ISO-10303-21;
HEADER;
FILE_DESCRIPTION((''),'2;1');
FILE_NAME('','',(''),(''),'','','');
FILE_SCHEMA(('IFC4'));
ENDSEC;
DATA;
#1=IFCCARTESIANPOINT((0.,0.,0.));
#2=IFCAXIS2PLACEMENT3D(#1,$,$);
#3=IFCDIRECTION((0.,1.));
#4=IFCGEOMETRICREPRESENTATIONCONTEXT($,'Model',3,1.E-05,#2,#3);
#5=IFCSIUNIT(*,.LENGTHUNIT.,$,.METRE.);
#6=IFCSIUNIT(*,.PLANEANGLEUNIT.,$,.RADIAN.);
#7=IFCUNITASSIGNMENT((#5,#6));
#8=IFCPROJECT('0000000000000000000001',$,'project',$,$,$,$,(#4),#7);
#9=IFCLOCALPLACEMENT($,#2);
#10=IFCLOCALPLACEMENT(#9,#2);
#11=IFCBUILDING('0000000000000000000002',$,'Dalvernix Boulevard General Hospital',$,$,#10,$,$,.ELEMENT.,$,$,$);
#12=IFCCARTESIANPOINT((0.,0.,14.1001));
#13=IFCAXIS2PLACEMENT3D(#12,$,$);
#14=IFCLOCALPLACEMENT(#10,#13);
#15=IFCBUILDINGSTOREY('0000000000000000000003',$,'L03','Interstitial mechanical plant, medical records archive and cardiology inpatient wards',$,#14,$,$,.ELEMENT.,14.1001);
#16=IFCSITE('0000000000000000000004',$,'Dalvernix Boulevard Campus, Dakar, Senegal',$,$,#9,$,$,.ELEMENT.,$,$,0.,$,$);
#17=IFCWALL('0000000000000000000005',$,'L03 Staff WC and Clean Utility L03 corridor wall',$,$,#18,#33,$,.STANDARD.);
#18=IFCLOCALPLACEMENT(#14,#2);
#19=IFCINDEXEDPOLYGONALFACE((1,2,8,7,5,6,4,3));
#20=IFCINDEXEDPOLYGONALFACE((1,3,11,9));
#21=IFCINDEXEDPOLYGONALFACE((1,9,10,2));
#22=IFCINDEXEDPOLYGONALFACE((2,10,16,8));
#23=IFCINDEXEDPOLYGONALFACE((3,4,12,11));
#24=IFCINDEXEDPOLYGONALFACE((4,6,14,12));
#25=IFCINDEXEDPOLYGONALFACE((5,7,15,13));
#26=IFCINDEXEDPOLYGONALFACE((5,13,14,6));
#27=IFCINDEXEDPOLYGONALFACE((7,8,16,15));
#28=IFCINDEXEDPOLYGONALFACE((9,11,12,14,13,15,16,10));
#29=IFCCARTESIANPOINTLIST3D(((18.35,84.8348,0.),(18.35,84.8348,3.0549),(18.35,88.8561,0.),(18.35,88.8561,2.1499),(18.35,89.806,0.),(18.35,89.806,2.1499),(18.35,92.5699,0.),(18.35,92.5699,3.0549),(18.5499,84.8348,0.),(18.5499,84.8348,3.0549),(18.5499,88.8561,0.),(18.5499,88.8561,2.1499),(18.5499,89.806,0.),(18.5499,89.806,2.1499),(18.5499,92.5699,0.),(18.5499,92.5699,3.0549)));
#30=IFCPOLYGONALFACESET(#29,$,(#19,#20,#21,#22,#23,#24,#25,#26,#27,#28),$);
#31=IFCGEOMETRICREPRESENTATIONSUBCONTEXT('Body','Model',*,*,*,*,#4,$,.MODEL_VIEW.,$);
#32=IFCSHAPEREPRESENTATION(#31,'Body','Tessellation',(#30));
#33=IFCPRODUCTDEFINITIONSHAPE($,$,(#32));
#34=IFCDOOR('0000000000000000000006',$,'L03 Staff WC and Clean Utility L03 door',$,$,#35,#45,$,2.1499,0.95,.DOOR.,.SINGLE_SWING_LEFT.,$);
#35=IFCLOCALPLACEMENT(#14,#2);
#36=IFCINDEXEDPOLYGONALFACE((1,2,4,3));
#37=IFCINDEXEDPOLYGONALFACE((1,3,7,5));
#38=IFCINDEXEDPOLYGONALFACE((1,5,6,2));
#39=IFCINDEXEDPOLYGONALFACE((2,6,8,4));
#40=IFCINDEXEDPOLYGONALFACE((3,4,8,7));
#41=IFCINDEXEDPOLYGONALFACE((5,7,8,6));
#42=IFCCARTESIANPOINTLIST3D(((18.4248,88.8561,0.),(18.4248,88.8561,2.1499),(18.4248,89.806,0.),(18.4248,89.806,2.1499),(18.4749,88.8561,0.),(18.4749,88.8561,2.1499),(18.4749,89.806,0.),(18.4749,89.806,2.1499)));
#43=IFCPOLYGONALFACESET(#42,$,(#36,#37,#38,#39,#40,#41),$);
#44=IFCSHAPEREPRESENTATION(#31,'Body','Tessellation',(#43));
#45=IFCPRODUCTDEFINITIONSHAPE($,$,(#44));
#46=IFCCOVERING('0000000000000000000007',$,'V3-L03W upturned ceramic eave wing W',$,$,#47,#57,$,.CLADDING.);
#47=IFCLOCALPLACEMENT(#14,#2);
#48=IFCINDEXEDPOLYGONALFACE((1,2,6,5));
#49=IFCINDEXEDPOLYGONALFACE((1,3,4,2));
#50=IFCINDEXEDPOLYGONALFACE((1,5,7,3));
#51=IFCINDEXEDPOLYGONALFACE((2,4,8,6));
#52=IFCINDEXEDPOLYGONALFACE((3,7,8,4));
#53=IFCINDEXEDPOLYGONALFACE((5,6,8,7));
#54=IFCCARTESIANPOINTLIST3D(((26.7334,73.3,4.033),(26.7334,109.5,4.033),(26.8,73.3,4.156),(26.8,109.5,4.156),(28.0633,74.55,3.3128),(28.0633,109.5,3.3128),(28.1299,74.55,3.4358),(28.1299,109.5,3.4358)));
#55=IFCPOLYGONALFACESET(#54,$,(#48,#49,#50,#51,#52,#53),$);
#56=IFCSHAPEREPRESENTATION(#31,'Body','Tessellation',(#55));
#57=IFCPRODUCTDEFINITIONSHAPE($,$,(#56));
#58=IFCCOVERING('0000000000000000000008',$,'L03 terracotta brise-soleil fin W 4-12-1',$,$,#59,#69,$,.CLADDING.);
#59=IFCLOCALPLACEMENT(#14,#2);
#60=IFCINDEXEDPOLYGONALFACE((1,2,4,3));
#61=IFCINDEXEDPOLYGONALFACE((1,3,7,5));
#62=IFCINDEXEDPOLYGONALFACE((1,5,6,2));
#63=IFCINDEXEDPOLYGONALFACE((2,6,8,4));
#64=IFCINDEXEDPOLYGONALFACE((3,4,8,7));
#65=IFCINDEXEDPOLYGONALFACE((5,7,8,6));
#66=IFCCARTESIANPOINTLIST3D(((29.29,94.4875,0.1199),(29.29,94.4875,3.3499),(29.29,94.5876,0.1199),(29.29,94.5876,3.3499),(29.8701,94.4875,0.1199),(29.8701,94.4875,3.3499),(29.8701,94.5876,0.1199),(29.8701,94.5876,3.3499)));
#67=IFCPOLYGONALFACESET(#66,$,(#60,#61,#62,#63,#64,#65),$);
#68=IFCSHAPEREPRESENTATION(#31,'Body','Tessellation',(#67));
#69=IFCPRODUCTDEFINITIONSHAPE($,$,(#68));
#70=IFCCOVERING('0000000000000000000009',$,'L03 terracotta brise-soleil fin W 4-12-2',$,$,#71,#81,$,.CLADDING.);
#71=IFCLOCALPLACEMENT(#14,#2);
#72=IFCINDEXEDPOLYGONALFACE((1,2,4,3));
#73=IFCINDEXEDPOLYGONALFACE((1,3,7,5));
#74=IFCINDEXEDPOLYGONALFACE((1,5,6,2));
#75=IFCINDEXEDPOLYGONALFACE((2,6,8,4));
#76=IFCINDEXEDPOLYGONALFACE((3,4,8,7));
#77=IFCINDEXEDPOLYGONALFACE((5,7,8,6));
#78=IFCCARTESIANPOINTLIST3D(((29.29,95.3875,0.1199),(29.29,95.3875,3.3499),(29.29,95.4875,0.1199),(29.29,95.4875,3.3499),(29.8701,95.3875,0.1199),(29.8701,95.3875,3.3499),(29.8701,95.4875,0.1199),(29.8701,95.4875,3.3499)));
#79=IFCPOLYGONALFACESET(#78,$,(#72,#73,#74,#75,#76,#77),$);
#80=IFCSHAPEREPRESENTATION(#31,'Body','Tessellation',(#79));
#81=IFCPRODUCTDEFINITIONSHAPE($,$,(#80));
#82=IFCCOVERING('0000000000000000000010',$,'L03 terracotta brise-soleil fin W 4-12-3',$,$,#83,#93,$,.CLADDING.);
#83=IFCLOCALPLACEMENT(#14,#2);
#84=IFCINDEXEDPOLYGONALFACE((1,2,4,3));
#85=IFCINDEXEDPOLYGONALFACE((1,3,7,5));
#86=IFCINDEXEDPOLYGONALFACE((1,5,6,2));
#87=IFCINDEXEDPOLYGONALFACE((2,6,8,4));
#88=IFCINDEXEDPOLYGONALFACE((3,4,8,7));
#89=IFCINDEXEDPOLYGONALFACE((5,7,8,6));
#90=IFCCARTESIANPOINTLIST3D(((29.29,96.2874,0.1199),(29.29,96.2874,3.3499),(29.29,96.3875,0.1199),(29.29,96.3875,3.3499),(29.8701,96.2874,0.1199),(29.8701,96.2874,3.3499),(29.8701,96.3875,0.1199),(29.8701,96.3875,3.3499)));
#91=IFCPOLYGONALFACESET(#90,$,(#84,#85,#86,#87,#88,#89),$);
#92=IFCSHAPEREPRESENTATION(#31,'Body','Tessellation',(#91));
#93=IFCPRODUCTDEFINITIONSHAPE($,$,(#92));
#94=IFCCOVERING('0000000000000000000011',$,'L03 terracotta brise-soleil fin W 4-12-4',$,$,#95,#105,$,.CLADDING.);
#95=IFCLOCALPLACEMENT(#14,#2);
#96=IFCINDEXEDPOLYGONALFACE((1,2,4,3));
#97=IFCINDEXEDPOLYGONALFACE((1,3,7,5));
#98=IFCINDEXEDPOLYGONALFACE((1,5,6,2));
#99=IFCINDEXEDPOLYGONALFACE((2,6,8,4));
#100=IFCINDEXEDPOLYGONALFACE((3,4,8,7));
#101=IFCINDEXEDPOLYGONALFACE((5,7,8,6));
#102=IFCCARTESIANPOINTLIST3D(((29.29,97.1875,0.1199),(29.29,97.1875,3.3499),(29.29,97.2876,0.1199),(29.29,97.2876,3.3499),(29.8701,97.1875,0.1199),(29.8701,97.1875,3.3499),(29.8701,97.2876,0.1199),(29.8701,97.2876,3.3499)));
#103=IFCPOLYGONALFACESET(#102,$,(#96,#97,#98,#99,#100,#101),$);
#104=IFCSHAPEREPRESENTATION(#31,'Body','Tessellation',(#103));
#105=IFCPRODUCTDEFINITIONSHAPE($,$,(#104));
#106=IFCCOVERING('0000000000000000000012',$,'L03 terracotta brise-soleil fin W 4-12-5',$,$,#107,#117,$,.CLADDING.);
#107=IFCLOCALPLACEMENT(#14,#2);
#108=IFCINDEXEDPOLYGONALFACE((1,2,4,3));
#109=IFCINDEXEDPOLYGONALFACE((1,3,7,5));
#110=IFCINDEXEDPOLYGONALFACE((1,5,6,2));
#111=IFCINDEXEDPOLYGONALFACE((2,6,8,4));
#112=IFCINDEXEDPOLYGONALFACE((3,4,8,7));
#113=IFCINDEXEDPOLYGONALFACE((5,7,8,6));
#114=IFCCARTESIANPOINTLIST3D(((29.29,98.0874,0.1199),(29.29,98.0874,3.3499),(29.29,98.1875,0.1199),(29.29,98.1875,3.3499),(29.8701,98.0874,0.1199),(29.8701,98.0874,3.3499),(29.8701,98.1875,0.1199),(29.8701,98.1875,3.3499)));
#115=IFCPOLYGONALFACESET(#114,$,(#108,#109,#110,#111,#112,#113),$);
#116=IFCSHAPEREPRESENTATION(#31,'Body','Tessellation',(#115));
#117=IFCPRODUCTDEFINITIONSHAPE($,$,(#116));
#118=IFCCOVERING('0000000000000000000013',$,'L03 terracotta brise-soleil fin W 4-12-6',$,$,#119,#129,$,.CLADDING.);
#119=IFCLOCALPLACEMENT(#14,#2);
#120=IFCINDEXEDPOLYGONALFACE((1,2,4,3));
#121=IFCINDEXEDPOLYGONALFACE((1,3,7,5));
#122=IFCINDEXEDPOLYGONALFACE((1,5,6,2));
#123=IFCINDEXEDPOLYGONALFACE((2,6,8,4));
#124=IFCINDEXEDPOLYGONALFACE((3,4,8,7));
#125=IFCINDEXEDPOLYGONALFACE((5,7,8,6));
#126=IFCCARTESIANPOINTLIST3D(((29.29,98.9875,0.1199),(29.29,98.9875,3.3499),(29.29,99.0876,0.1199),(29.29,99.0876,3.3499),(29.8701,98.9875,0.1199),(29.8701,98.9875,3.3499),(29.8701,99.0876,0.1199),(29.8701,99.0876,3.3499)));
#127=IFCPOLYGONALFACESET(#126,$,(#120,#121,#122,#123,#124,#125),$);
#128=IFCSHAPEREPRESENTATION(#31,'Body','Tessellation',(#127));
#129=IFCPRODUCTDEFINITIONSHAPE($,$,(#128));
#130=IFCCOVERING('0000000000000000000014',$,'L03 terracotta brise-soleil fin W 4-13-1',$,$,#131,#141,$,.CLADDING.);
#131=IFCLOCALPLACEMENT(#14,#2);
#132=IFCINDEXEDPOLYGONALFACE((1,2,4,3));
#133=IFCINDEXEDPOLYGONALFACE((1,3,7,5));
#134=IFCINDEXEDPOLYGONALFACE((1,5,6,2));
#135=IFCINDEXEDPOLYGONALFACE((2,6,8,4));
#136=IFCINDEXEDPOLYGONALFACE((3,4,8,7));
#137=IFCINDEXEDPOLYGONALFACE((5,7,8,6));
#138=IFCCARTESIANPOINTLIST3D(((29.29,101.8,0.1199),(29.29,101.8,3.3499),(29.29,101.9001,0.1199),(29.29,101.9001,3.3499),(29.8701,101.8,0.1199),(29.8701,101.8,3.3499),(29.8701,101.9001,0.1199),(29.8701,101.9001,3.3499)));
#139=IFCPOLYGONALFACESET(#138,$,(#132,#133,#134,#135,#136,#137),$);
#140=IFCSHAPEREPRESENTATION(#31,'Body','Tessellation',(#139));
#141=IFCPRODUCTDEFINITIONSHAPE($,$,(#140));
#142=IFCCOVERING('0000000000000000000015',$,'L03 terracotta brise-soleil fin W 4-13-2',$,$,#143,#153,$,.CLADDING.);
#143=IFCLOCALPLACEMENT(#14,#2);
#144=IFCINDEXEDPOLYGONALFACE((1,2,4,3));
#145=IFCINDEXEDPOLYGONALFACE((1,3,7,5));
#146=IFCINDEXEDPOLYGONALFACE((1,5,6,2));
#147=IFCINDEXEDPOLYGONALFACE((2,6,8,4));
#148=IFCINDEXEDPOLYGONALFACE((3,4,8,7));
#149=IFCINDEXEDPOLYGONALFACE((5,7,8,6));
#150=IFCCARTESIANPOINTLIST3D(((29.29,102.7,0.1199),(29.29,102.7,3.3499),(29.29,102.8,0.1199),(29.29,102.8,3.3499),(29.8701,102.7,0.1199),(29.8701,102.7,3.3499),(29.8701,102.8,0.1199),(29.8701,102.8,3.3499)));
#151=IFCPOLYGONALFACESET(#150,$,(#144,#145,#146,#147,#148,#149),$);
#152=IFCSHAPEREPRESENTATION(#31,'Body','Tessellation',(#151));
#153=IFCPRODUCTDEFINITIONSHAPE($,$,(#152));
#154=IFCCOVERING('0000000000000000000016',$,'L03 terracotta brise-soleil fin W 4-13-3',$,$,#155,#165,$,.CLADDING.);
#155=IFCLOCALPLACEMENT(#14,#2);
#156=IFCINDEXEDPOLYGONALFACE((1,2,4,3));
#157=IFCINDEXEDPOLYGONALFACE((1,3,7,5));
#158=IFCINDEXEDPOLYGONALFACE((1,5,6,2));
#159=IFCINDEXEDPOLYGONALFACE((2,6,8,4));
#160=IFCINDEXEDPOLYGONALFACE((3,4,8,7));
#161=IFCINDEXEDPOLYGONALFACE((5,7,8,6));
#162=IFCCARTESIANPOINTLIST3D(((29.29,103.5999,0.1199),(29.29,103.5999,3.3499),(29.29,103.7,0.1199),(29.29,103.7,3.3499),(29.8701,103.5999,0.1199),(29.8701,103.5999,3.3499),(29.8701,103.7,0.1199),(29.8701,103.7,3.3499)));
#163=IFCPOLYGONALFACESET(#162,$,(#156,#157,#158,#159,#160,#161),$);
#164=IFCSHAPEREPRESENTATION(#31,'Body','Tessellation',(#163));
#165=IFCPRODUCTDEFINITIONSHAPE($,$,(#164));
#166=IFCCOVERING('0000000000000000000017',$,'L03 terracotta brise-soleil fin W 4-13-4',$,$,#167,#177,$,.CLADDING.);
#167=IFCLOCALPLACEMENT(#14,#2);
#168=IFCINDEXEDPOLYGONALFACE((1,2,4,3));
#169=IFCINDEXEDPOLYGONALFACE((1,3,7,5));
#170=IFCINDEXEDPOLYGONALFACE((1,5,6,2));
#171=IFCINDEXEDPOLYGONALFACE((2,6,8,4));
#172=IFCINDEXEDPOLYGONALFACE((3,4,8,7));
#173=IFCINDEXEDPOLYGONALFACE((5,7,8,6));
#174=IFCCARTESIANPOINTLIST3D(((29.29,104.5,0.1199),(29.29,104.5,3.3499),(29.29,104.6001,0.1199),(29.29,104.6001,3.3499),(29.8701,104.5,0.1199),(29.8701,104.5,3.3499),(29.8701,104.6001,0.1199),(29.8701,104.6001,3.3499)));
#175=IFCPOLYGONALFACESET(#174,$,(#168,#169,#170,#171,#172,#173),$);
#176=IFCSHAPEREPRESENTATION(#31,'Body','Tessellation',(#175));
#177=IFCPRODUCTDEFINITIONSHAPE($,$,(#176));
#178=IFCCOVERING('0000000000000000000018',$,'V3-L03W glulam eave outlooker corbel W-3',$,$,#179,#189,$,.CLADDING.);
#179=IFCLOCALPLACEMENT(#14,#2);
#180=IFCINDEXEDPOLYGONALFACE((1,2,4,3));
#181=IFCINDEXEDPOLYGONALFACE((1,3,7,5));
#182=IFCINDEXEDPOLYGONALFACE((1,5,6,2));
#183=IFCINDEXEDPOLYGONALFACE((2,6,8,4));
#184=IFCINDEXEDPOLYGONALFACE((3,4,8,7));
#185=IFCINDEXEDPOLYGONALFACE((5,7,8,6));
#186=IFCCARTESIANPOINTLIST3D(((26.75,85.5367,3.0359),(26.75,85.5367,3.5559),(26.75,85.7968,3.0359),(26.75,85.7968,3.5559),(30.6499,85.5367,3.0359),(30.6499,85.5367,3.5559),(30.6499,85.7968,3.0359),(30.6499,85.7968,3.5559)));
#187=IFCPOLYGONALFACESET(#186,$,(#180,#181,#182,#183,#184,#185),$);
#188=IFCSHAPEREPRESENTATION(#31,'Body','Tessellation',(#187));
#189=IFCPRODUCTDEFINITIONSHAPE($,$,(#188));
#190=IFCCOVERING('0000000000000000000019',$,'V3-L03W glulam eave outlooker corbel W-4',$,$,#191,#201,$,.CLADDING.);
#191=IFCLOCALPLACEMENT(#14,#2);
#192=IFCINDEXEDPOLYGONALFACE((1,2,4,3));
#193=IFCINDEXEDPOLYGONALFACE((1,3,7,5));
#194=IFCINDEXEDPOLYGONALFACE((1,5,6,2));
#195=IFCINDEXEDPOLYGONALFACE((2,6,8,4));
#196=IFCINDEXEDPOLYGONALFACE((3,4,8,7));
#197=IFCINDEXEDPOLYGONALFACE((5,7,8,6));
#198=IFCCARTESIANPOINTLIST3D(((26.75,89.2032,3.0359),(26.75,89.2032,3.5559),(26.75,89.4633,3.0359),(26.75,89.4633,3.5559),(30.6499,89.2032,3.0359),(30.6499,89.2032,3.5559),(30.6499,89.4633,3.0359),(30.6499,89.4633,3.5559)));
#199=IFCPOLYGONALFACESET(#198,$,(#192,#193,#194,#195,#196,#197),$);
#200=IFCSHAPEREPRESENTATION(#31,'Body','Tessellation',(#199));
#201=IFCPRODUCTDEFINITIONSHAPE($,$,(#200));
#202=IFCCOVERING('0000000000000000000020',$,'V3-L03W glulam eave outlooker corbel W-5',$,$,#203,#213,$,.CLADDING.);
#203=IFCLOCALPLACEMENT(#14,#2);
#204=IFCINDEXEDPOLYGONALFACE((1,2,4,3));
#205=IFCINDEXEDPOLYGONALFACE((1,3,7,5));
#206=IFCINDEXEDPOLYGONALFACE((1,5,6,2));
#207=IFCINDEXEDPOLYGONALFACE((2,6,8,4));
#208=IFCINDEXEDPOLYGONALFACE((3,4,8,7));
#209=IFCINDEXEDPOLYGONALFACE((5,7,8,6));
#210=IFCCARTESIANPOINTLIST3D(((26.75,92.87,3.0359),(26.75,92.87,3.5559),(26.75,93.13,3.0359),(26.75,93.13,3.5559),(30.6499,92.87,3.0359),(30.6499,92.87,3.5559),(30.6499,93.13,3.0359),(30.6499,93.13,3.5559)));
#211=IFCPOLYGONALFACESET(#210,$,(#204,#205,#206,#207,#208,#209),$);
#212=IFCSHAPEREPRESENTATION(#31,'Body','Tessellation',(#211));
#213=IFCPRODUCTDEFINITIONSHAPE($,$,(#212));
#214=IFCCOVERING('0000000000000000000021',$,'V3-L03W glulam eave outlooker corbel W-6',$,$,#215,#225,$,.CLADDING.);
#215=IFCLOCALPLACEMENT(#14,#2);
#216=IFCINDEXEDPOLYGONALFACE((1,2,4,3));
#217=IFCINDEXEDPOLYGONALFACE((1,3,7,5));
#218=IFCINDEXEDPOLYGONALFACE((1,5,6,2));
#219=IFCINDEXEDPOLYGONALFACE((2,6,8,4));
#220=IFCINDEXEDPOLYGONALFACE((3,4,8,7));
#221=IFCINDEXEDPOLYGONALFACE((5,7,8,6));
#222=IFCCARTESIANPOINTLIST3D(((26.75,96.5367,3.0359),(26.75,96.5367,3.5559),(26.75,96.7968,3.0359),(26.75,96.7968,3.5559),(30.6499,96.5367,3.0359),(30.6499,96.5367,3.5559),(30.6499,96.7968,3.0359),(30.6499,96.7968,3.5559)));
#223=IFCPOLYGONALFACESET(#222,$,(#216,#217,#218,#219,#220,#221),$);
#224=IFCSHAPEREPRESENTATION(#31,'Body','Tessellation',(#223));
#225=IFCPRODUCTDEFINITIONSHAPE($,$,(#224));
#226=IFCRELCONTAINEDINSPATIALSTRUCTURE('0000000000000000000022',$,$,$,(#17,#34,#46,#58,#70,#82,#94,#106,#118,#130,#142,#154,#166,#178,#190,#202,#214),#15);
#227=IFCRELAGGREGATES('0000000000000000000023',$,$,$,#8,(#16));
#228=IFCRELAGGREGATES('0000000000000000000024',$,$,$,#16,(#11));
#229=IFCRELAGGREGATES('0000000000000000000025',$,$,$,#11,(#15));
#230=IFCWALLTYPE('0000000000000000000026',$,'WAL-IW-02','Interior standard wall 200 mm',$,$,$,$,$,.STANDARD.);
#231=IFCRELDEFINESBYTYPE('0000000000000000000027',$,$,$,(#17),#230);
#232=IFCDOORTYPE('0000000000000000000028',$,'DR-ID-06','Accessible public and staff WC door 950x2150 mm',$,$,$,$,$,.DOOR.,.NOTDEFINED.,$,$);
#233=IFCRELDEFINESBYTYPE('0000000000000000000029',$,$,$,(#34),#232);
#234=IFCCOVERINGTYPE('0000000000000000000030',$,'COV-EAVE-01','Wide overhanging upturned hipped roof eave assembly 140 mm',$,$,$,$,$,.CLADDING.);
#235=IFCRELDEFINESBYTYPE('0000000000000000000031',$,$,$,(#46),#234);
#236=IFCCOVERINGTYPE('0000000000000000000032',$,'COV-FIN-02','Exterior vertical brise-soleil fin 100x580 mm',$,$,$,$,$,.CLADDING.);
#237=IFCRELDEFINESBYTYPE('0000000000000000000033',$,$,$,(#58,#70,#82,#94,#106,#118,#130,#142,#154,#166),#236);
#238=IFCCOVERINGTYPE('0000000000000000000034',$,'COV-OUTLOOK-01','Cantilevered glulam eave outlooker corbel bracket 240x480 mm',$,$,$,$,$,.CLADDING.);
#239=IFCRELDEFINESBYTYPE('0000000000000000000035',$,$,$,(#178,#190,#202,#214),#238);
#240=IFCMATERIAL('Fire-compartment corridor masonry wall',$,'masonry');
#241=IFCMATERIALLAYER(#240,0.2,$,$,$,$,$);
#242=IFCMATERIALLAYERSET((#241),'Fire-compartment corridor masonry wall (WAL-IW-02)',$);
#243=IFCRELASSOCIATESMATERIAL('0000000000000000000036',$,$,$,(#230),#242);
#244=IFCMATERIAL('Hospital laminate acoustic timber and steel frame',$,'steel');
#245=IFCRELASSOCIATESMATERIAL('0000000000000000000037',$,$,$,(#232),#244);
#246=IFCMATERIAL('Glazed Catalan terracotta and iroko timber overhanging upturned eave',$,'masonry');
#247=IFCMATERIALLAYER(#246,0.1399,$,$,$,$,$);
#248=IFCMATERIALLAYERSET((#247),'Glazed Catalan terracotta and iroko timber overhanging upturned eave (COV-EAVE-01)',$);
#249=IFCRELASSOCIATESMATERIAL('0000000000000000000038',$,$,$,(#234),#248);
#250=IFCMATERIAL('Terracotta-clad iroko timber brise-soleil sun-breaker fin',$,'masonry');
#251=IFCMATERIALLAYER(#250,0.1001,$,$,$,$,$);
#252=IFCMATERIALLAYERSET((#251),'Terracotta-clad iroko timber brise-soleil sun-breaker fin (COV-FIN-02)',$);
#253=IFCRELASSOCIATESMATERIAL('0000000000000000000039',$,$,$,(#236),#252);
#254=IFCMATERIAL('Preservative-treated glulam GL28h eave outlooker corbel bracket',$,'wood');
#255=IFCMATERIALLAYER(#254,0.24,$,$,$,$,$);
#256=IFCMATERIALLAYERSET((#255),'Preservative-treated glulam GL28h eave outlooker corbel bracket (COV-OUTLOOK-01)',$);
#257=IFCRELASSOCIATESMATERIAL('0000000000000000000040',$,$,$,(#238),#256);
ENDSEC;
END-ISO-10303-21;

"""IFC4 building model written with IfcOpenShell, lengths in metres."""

from ifc_helpers import new_model, si_unit, direction, frame, frame_2d, origin, origin_2d, place, context, subcontext, project, spatial, polyline, rectangle, outline, extrude, material, layer, layer_set, type_object, element, fill, save


model = new_model("IFC4")

# Units and contexts
model_context = context("Model", 3, precision=1e-05, world=origin(), true_north=direction((0.0, 1.0)))
body_context = subcontext(model_context, "Body", "Model", "MODEL_VIEW")
ifc_project = project(units=[si_unit("LENGTHUNIT", "METRE"), si_unit("PLANEANGLEUNIT", "RADIAN")], contexts=[model_context])

# Site, building, storey
site_placement = place(None, origin())
site = spatial("IfcSite", under=ifc_project, at=site_placement, Name="Dalvernix Boulevard Campus, Dakar, Senegal", CompositionType="ELEMENT", RefElevation=0.0)
building_placement = place(site_placement, origin())
building = spatial("IfcBuilding", under=site, at=building_placement, Name="Dalvernix Boulevard General Hospital", CompositionType="ELEMENT")
storey_placement = place(building_placement, frame((0.0, 0.0, 14.1001)))
storey = spatial("IfcBuildingStorey", under=building, at=storey_placement, Name="L03", Description="Interstitial mechanical plant, medical records archive and cardiology inpatient wards", CompositionType="ELEMENT", Elevation=14.1001)

# Wall, opening, door
ifc_material_1 = material(Name="Fire-compartment corridor masonry wall", Category="masonry")
ifc_layer_1 = layer(ifc_material_1, 0.2)
ifc_layer_set_1 = layer_set([ifc_layer_1], Name="Fire-compartment corridor masonry wall (WAL-IW-02)")
wall_type_1 = type_object("IfcWallType", Name="WAL-IW-02", Description="Interior standard wall 200 mm", PredefinedType="STANDARD", material=ifc_layer_set_1)
wall_1_placement = place(storey_placement, frame((18.45, 92.5701, 0.0), z_axis=(0.0, 0.0, 1.0), x_axis=(0.0, -1.0, 0.0)))
wall_1 = element("IfcWall", 1, at=wall_1_placement, inside=storey, type_object=wall_type_1, Name="L03 Staff WC and Clean Utility L03 corridor wall", PredefinedType="STANDARD", context=body_context, shape_type="SweptSolid", body=[
    extrude(rectangle(XDim=7.7351, YDim=0.2, at=frame_2d((3.8677, 0.0))), origin(), (0.0, 0.0, 1.0), 3.0549),
])
opening_1_placement = place(wall_1_placement, frame((2.7639, 0.0, 0.0)))
opening_1 = element("IfcOpeningElement", 2, at=opening_1_placement, cuts=wall_1, PredefinedType="OPENING", context=body_context, shape_type="SweptSolid", body=[
    extrude(rectangle(XDim=0.95, YDim=2.1499, at=frame_2d((0.4751, 1.075))), frame((0.0, 0.1099, 0.0), z_axis=(0.0, -1.0, 0.0), x_axis=(1.0, 0.0, 0.0)), (0.0, 0.0, 1.0), 0.22),
])
ifc_material_2 = material(Name="Hospital laminate acoustic timber and steel frame", Category="steel")
door_type = type_object("IfcDoorType", Name="DR-ID-06", Description="Accessible public and staff WC door 950x2150 mm", OperationType="NOTDEFINED", PredefinedType="DOOR", material=ifc_material_2)
door_placement = place(opening_1_placement, origin())
door = element("IfcDoor", 3, at=door_placement, inside=storey, type_object=door_type, Name="L03 Staff WC and Clean Utility L03 door", OperationType="SINGLE_SWING_LEFT", OverallHeight=2.1499, OverallWidth=0.95, PredefinedType="DOOR", context=body_context, shape_type="SweptSolid", body=[
    extrude(rectangle(XDim=0.95, YDim=2.1499, at=frame_2d((0.4751, 1.075))), frame((0.0, 0.0249, 0.0), z_axis=(0.0, -1.0, 0.0), x_axis=(1.0, 0.0, 0.0)), (0.0, 0.0, 1.0), 0.05),
])
fill(opening_1, door)

# Coverings
ifc_material_3 = material(Name="Glazed Catalan terracotta and iroko timber overhanging upturned eave", Category="masonry")
ifc_layer_2 = layer(ifc_material_3, 0.1399)
ifc_layer_set_2 = layer_set([ifc_layer_2], Name="Glazed Catalan terracotta and iroko timber overhanging upturned eave (COV-EAVE-01)")
covering_type_1 = type_object("IfcCoveringType", Name="COV-EAVE-01", Description="Wide overhanging upturned hipped roof eave assembly 140 mm", PredefinedType="CLADDING", material=ifc_layer_set_2)
covering_placement = place(storey_placement, frame((28.1299, 109.5, 3.4358), z_axis=(0.476226, 0.0, 0.879323), x_axis=(0.0, -1.0, 0.0)))
element("IfcCovering", 4, at=covering_placement, inside=storey, type_object=covering_type_1, Name="V3-L03W upturned ceramic eave wing W", PredefinedType="CLADDING", context=body_context, shape_type="SweptSolid", body=[
    extrude(outline(polyline([(0.0, 0.0), (34.95, 0.0), (36.2, -1.5123), (0.0, -1.5123), (0.0, 0.0)])), origin(), (0.0, 0.0, -1.0), 0.1399),
])
ifc_material_4 = material(Name="Terracotta-clad iroko timber brise-soleil sun-breaker fin", Category="masonry")
ifc_layer_3 = layer(ifc_material_4, 0.1001)
ifc_layer_set_3 = layer_set([ifc_layer_3], Name="Terracotta-clad iroko timber brise-soleil sun-breaker fin (COV-FIN-02)")
covering_type_2 = type_object("IfcCoveringType", Name="COV-FIN-02", Description="Exterior vertical brise-soleil fin 100x580 mm", PredefinedType="CLADDING", material=ifc_layer_set_3)
for number, where, z_axis, x_axis, name in (
    (5, (29.5801, 94.5376, 0.1199), (0.0, 0.0, 1.0), (0.0, 1.0, 0.0), "L03 terracotta brise-soleil fin W 4-12-1"),
    (6, (29.5801, 95.4375, 0.1199), (0.0, 0.0, 1.0), (0.0, 1.0, 0.0), "L03 terracotta brise-soleil fin W 4-12-2"),
    (7, (29.5801, 96.3374, 0.1199), (0.0, 0.0, 1.0), (0.0, 1.0, 0.0), "L03 terracotta brise-soleil fin W 4-12-3"),
    (8, (29.5801, 97.2375, 0.1199), (0.0, 0.0, 1.0), (0.0, 1.0, 0.0), "L03 terracotta brise-soleil fin W 4-12-4"),
    (9, (29.5801, 98.1375, 0.1199), (0.0, 0.0, 1.0), (0.0, 1.0, 0.0), "L03 terracotta brise-soleil fin W 4-12-5"),
    (10, (29.5801, 99.0376, 0.1199), (0.0, 0.0, 1.0), (0.0, 1.0, 0.0), "L03 terracotta brise-soleil fin W 4-12-6"),
    (11, (29.5801, 101.8501, 0.1199), (0.0, 0.0, 1.0), (0.0, 1.0, 0.0), "L03 terracotta brise-soleil fin W 4-13-1"),
    (12, (29.5801, 102.75, 0.1199), (0.0, 0.0, 1.0), (0.0, 1.0, 0.0), "L03 terracotta brise-soleil fin W 4-13-2"),
    (13, (29.5801, 103.6499, 0.1199), (0.0, 0.0, 1.0), (0.0, 1.0, 0.0), "L03 terracotta brise-soleil fin W 4-13-3"),
    (14, (29.5801, 104.55, 0.1199), (0.0, 0.0, 1.0), (0.0, 1.0, 0.0), "L03 terracotta brise-soleil fin W 4-13-4"),
):
    element("IfcCovering", number, at=place(storey_placement, frame(where, z_axis=z_axis, x_axis=x_axis)), inside=storey, type_object=covering_type_2, Name=name, PredefinedType="CLADDING", context=body_context, shape_type="SweptSolid", body=[
        extrude(rectangle(XDim=0.1001, YDim=0.5801, at=origin_2d()), origin(), (0.0, 0.0, 1.0), 3.23),
    ])
ifc_material_5 = material(Name="Preservative-treated glulam GL28h eave outlooker corbel bracket", Category="wood")
ifc_layer_4 = layer(ifc_material_5, 0.24)
ifc_layer_set_4 = layer_set([ifc_layer_4], Name="Preservative-treated glulam GL28h eave outlooker corbel bracket (COV-OUTLOOK-01)")
covering_type_3 = type_object("IfcCoveringType", Name="COV-OUTLOOK-01", Description="Cantilevered glulam eave outlooker corbel bracket 240x480 mm", PredefinedType="CLADDING", material=ifc_layer_set_4)
for number, where, z_axis, x_axis, name in (
    (15, (28.7, 85.6667, 3.0359), (0.0, 0.0, 1.0), (1.0, 0.0, 0.0), "V3-L03W glulam eave outlooker corbel W-3"),
    (16, (28.7, 89.3333, 3.0359), (0.0, 0.0, 1.0), (1.0, 0.0, 0.0), "V3-L03W glulam eave outlooker corbel W-4"),
    (17, (28.7, 93.0, 3.0359), (0.0, 0.0, 1.0), (1.0, 0.0, 0.0), "V3-L03W glulam eave outlooker corbel W-5"),
    (18, (28.7, 96.6667, 3.0359), (0.0, 0.0, 1.0), (1.0, 0.0, 0.0), "V3-L03W glulam eave outlooker corbel W-6"),
):
    element("IfcCovering", number, at=place(storey_placement, frame(where, z_axis=z_axis, x_axis=x_axis)), inside=storey, type_object=covering_type_3, Name=name, PredefinedType="CLADDING", context=body_context, shape_type="SweptSolid", body=[
        extrude(rectangle(XDim=3.8999, YDim=0.26, at=origin_2d()), origin(), (0.0, 0.0, 1.0), 0.52),
    ])

save(model, "model.ifc")
